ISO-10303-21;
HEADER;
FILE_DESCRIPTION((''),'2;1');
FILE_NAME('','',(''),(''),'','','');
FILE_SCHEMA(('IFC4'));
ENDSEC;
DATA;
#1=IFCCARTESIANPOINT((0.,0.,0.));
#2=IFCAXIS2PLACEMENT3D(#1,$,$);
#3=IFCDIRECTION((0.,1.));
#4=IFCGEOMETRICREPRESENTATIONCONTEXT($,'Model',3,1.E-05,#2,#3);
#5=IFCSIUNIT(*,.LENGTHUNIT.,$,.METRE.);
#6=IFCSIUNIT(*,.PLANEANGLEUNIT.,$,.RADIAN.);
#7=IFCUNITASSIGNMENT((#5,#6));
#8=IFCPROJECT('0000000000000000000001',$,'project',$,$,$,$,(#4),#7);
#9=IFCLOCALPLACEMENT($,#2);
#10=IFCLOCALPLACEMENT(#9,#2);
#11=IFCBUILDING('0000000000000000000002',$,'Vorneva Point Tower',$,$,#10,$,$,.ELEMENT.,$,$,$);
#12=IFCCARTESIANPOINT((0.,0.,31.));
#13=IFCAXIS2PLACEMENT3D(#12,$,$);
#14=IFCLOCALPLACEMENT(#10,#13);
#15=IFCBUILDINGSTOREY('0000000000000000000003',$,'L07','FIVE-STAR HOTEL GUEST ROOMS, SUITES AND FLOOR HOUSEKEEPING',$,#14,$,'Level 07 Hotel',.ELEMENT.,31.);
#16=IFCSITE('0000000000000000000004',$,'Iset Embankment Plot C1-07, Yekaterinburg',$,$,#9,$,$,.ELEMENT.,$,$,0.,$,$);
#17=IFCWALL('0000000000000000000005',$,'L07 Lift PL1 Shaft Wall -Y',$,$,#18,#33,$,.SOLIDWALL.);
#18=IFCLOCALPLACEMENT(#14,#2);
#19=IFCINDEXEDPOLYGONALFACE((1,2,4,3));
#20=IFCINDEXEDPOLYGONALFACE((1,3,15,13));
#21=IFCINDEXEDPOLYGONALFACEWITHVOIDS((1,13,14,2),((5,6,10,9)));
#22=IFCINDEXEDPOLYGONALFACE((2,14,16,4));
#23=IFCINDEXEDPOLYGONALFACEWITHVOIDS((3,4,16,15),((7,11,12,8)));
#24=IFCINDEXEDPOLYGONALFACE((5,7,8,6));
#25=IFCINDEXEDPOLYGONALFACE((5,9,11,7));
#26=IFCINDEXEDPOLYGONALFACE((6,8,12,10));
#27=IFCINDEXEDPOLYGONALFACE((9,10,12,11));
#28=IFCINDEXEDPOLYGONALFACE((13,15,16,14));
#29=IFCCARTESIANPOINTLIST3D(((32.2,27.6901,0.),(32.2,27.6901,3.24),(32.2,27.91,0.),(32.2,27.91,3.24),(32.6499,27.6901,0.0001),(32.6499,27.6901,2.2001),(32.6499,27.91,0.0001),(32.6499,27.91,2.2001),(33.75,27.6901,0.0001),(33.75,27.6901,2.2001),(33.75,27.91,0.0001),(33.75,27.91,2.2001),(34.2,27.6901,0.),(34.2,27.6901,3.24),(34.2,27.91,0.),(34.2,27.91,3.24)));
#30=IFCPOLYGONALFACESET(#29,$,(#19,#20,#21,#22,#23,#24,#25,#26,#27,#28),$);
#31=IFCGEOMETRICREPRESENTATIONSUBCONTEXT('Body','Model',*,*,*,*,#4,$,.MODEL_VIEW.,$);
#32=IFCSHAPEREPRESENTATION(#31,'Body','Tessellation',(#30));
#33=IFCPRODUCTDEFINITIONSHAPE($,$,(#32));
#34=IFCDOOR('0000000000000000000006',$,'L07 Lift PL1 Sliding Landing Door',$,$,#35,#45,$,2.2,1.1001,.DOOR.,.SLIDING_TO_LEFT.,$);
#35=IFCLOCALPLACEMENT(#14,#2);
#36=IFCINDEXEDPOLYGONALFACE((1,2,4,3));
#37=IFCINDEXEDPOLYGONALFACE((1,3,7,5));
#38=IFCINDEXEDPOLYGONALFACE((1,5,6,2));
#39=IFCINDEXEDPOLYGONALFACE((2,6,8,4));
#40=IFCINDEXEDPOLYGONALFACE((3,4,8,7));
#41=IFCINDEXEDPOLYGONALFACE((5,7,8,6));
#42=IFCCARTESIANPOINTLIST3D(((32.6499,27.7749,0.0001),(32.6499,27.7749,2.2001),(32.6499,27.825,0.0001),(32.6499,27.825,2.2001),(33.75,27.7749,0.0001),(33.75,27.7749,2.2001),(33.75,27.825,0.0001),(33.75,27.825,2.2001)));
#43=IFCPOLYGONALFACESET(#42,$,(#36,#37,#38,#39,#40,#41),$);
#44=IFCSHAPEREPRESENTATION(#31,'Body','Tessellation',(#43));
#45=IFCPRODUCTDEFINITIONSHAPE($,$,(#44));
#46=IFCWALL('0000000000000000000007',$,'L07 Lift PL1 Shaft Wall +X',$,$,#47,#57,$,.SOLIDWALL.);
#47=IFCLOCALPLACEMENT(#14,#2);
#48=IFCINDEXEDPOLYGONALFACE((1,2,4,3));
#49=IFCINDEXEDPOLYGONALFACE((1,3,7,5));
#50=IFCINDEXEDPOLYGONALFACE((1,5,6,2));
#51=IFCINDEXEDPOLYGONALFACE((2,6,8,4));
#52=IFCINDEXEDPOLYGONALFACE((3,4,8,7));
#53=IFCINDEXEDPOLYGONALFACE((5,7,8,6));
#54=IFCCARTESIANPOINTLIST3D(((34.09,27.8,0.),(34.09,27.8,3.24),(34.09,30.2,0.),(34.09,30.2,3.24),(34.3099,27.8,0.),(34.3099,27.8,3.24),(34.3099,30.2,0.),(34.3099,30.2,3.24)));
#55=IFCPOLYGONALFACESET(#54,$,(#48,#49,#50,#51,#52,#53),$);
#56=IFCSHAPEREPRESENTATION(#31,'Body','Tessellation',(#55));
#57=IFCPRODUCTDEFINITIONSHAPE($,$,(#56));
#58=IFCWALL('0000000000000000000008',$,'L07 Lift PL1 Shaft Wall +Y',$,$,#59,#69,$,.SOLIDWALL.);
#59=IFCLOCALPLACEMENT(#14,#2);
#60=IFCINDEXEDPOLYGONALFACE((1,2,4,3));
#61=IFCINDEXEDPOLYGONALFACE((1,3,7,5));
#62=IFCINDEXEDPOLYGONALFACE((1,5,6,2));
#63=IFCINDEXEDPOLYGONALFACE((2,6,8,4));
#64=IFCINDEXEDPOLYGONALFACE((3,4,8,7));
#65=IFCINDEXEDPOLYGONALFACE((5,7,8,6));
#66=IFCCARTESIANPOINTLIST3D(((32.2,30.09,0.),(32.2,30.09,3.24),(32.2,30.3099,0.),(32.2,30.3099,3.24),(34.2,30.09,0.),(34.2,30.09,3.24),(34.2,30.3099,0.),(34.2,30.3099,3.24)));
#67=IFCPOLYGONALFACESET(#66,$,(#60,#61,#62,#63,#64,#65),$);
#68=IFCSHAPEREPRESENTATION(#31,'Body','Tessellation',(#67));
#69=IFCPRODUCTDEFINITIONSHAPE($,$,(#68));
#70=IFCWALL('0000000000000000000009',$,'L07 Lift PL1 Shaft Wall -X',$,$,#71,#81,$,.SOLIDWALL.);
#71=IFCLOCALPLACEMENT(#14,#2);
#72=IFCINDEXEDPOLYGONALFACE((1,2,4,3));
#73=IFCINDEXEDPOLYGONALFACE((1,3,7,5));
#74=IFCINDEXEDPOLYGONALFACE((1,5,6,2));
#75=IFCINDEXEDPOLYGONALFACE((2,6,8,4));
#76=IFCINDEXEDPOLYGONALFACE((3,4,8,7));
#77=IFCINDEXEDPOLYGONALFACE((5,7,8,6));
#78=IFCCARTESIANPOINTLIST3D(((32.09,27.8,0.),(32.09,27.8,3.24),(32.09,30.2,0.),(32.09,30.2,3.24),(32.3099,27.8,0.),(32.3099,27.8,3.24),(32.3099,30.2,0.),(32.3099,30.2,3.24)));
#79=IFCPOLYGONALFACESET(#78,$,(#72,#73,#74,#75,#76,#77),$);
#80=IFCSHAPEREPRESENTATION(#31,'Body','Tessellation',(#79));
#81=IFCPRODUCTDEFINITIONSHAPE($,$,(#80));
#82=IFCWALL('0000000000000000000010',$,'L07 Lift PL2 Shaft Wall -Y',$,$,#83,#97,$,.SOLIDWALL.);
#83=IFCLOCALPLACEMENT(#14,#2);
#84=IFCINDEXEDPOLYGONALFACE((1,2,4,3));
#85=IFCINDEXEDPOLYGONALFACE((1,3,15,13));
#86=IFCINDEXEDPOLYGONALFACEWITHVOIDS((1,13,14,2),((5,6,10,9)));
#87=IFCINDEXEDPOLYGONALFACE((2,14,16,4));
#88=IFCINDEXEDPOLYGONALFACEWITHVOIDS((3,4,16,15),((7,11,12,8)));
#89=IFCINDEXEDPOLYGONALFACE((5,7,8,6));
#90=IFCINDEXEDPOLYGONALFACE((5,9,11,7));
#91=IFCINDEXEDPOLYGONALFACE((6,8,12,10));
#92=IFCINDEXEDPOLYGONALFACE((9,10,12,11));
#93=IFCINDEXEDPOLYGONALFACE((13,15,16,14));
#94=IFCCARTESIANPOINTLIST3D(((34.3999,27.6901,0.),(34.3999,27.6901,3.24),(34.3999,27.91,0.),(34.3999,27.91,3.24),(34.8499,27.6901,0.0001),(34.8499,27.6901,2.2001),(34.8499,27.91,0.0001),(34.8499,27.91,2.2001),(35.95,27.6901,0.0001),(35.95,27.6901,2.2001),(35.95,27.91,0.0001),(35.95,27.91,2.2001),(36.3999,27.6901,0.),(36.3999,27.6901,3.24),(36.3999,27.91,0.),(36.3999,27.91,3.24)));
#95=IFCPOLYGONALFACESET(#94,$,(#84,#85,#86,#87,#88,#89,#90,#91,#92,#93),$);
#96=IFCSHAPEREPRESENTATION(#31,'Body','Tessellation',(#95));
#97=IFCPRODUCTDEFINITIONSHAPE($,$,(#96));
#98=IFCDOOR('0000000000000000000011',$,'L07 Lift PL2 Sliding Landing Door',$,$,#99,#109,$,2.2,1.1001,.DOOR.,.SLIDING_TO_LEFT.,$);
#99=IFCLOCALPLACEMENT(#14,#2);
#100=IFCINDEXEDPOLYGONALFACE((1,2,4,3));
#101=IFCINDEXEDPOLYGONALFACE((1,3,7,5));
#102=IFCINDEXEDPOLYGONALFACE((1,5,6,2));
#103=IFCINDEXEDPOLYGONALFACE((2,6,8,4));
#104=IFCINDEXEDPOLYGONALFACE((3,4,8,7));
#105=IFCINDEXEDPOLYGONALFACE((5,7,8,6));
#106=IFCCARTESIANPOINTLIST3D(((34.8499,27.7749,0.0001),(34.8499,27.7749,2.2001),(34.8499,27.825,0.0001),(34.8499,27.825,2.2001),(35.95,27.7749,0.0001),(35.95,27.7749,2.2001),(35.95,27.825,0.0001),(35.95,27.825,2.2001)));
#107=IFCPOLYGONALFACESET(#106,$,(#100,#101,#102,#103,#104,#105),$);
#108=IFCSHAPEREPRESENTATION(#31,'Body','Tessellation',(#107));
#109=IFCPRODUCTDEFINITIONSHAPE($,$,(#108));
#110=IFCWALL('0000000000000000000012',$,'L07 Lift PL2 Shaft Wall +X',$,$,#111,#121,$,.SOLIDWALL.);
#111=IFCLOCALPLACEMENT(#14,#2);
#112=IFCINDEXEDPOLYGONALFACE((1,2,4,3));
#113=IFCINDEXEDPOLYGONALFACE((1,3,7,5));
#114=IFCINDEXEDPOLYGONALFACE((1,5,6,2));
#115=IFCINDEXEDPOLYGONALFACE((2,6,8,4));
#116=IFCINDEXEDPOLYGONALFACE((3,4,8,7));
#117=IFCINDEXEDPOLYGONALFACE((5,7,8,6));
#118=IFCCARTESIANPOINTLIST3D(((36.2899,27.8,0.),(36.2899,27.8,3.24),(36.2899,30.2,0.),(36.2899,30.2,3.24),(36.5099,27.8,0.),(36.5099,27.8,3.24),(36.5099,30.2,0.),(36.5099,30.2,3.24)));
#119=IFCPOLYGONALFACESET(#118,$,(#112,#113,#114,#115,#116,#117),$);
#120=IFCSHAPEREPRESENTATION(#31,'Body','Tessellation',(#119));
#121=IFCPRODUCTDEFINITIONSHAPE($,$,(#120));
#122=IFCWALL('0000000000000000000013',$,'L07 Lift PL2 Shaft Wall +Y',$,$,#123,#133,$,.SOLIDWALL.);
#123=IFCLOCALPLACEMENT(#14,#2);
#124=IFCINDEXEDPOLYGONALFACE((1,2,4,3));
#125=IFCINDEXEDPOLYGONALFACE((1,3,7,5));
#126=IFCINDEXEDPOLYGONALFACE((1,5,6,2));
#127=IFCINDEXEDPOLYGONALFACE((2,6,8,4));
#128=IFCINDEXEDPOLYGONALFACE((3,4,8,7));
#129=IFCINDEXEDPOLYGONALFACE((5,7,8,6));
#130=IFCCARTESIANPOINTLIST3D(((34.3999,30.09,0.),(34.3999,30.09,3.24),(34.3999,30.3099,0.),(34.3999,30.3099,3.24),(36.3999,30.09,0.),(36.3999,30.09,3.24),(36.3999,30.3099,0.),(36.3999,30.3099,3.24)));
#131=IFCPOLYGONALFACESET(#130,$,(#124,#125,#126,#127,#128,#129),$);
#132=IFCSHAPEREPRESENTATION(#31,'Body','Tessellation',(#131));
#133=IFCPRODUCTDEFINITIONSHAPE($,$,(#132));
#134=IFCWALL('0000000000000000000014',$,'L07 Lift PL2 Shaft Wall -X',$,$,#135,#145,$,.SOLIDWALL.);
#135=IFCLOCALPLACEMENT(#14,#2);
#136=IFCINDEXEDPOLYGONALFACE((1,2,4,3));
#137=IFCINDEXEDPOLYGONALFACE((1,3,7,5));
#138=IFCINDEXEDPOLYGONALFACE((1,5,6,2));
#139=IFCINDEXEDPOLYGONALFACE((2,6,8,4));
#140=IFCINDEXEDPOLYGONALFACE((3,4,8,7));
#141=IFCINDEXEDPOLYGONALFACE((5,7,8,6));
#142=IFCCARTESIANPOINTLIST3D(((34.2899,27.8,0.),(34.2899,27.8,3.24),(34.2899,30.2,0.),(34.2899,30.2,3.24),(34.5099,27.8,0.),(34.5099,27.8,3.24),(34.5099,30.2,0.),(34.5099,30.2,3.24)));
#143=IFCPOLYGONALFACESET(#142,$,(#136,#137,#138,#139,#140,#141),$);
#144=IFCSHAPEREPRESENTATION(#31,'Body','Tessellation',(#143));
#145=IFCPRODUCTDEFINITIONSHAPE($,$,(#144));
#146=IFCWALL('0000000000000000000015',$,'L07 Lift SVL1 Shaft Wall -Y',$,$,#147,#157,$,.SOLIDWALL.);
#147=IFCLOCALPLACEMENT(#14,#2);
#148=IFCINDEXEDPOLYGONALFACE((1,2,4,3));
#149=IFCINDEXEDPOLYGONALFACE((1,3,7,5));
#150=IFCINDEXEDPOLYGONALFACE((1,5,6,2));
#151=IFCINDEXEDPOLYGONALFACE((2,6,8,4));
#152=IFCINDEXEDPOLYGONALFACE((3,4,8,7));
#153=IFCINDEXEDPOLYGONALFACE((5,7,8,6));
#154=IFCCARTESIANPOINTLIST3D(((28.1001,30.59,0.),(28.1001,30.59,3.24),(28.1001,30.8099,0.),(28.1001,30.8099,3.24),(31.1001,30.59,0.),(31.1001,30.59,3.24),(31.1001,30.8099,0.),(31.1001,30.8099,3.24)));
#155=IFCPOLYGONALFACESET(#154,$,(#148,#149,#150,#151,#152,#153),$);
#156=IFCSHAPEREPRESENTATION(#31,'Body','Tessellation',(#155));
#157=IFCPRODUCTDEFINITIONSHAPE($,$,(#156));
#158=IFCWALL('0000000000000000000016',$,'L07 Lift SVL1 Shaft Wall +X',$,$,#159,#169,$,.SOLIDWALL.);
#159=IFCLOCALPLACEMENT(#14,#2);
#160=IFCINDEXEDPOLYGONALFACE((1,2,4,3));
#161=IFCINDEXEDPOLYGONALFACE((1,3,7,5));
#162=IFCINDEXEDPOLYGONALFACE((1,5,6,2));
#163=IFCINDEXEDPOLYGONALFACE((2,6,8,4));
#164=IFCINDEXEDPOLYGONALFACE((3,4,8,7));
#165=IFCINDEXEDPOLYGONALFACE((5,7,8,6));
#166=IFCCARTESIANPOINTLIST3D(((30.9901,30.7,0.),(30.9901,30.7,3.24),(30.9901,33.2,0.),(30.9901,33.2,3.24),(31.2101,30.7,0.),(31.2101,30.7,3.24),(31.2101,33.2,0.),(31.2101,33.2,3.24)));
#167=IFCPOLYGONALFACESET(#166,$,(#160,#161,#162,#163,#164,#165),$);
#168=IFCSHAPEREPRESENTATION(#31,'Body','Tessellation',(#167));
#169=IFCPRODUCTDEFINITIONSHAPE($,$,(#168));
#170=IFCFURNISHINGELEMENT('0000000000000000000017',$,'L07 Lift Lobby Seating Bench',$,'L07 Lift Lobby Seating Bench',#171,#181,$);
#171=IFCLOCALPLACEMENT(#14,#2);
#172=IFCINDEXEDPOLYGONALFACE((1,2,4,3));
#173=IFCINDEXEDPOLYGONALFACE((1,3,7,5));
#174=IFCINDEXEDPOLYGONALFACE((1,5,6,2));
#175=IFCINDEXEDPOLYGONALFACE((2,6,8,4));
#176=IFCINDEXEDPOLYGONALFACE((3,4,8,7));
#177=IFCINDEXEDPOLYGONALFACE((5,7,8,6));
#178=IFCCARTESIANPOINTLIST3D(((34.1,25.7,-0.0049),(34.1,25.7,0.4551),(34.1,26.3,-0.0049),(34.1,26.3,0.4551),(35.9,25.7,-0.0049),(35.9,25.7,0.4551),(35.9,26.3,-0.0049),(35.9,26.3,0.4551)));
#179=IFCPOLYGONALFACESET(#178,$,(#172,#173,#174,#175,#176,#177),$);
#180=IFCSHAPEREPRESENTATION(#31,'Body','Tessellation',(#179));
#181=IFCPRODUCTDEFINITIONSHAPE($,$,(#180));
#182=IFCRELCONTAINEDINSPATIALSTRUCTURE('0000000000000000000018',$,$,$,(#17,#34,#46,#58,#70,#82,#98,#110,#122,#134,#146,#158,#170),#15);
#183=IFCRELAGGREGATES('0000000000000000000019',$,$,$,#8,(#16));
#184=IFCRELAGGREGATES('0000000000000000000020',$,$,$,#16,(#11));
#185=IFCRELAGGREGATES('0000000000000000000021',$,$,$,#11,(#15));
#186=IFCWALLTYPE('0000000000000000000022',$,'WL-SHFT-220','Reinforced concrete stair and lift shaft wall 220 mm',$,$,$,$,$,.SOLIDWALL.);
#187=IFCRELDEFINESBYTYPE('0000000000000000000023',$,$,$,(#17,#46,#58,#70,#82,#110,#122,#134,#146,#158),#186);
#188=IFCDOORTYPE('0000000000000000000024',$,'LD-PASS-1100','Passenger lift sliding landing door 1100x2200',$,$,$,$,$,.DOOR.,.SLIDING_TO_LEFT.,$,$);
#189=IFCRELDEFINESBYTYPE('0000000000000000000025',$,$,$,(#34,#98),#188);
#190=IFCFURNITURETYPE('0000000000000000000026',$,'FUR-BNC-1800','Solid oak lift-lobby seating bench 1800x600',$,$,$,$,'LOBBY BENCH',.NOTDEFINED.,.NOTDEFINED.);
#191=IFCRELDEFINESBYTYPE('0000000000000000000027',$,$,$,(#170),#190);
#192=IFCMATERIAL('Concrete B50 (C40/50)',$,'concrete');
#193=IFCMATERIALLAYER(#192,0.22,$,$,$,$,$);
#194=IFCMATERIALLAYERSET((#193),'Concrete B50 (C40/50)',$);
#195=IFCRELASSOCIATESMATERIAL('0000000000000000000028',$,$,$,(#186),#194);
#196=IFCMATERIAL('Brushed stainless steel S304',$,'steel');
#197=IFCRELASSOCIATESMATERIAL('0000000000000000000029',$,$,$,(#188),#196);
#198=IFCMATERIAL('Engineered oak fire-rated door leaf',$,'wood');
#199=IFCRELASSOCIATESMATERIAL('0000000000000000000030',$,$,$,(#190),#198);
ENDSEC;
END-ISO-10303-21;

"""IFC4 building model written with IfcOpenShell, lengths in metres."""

from ifc_helpers import new_model, si_unit, direction, frame, frame_2d, origin, origin_2d, place, context, subcontext, project, spatial, rectangle, extrude, material, layer, layer_set, type_object, element, fill, save


model = new_model("IFC4")

# Units and contexts
model_context = context("Model", 3, precision=1e-05, world=origin(), true_north=direction((0.0, 1.0)))
body_context = subcontext(model_context, "Body", "Model", "MODEL_VIEW")
ifc_project = project(units=[si_unit("LENGTHUNIT", "METRE"), si_unit("PLANEANGLEUNIT", "RADIAN")], contexts=[model_context])

# Site, building, storey
site_placement = place(None, origin())
site = spatial("IfcSite", under=ifc_project, at=site_placement, Name="Iset Embankment Plot C1-07, Yekaterinburg", CompositionType="ELEMENT", RefElevation=0.0)
building_placement = place(site_placement, origin())
building = spatial("IfcBuilding", under=site, at=building_placement, Name="Vorneva Point Tower", CompositionType="ELEMENT")
storey_placement = place(building_placement, frame((0.0, 0.0, 31.0)))
storey = spatial("IfcBuildingStorey", under=building, at=storey_placement, Name="L07", Description="FIVE-STAR HOTEL GUEST ROOMS, SUITES AND FLOOR HOUSEKEEPING", LongName="Level 07 Hotel", CompositionType="ELEMENT", Elevation=31.0)

# Shared definitions
ifc_material_1 = material(Name="Brushed stainless steel S304", Category="steel")

# Wall, opening, door
ifc_material_2 = material(Name="Concrete B50 (C40/50)", Category="concrete")
ifc_layer_1 = layer(ifc_material_2, 0.22)
ifc_layer_set_1 = layer_set([ifc_layer_1], Name="Concrete B50 (C40/50)")
wall_type_1 = type_object("IfcWallType", Name="WL-SHFT-220", Description="Reinforced concrete stair and lift shaft wall 220 mm", PredefinedType="SOLIDWALL", material=ifc_layer_set_1)
wall_1_placement = place(storey_placement, frame((32.2, 27.8, 0.0), z_axis=(0.0, 0.0, 1.0), x_axis=(1.0, 0.0, 0.0)))
wall_1 = element("IfcWall", 1, at=wall_1_placement, inside=storey, type_object=wall_type_1, Name="L07 Lift PL1 Shaft Wall -Y", PredefinedType="SOLIDWALL", context=body_context, shape_type="SweptSolid", body=[
    extrude(rectangle(XDim=2.0, YDim=0.22, at=frame_2d((1.0, 0.0))), origin(), (0.0, 0.0, 1.0), 3.24),
])
opening_1_placement = place(wall_1_placement, frame((0.45, 0.0, 0.0)))
opening_1 = element("IfcOpeningElement", 2, at=opening_1_placement, cuts=wall_1, PredefinedType="OPENING", context=body_context, shape_type="SweptSolid", body=[
    extrude(rectangle(XDim=1.1001, YDim=2.2, at=frame_2d((0.55, 1.1001))), frame((0.0, 0.125, 0.0), z_axis=(0.0, -1.0, 0.0), x_axis=(1.0, 0.0, 0.0)), (0.0, 0.0, 1.0), 0.2498),
])
door_type_1 = type_object("IfcDoorType", Name="LD-PASS-1100", Description="Passenger lift sliding landing door 1100x2200", OperationType="SLIDING_TO_LEFT", PredefinedType="DOOR", material=ifc_material_1)
door_1_placement = place(opening_1_placement, origin())
door_1 = element("IfcDoor", 3, at=door_1_placement, inside=storey, type_object=door_type_1, Name="L07 Lift PL1 Sliding Landing Door", OperationType="SLIDING_TO_LEFT", OverallHeight=2.2, OverallWidth=1.1001, PredefinedType="DOOR", context=body_context, shape_type="SweptSolid", body=[
    extrude(rectangle(XDim=1.1001, YDim=2.2, at=frame_2d((0.55, 1.1001))), frame((0.0, 0.0249, 0.0), z_axis=(0.0, -1.0, 0.0), x_axis=(1.0, 0.0, 0.0)), (0.0, 0.0, 1.0), 0.05),
])
fill(opening_1, door_1)

# Walls
wall_2_placement = place(storey_placement, frame((34.2, 27.8, 0.0), z_axis=(0.0, 0.0, 1.0), x_axis=(0.0, 1.0, 0.0)))
element("IfcWall", 4, at=wall_2_placement, inside=storey, type_object=wall_type_1, Name="L07 Lift PL1 Shaft Wall +X", PredefinedType="SOLIDWALL", context=body_context, shape_type="SweptSolid", body=[
    extrude(rectangle(XDim=2.3999, YDim=0.22, at=frame_2d((1.2, 0.0))), origin(), (0.0, 0.0, 1.0), 3.24),
])
wall_3_placement = place(storey_placement, frame((34.2, 30.2, 0.0), z_axis=(0.0, 0.0, 1.0), x_axis=(-1.0, 0.0, 0.0)))
element("IfcWall", 5, at=wall_3_placement, inside=storey, type_object=wall_type_1, Name="L07 Lift PL1 Shaft Wall +Y", PredefinedType="SOLIDWALL", context=body_context, shape_type="SweptSolid", body=[
    extrude(rectangle(XDim=2.0, YDim=0.22, at=frame_2d((1.0, 0.0))), origin(), (0.0, 0.0, 1.0), 3.24),
])
wall_4_placement = place(storey_placement, frame((32.2, 30.2, 0.0), z_axis=(0.0, 0.0, 1.0), x_axis=(0.0, -1.0, 0.0)))
element("IfcWall", 6, at=wall_4_placement, inside=storey, type_object=wall_type_1, Name="L07 Lift PL1 Shaft Wall -X", PredefinedType="SOLIDWALL", context=body_context, shape_type="SweptSolid", body=[
    extrude(rectangle(XDim=2.3999, YDim=0.22, at=frame_2d((1.2, 0.0))), origin(), (0.0, 0.0, 1.0), 3.24),
])

# Wall, opening, door
wall_5_placement = place(storey_placement, frame((34.3999, 27.8, 0.0), z_axis=(0.0, 0.0, 1.0), x_axis=(1.0, 0.0, 0.0)))
wall_5 = element("IfcWall", 7, at=wall_5_placement, inside=storey, type_object=wall_type_1, Name="L07 Lift PL2 Shaft Wall -Y", PredefinedType="SOLIDWALL", context=body_context, shape_type="SweptSolid", body=[
    extrude(rectangle(XDim=2.0, YDim=0.22, at=frame_2d((1.0, 0.0))), origin(), (0.0, 0.0, 1.0), 3.24),
])
opening_2_placement = place(wall_5_placement, frame((0.45, 0.0, 0.0)))
opening_2 = element("IfcOpeningElement", 8, at=opening_2_placement, cuts=wall_5, PredefinedType="OPENING", context=body_context, shape_type="SweptSolid", body=[
    extrude(rectangle(XDim=1.1001, YDim=2.2, at=frame_2d((0.55, 1.1001))), frame((0.0, 0.125, 0.0), z_axis=(0.0, -1.0, 0.0), x_axis=(1.0, 0.0, 0.0)), (0.0, 0.0, 1.0), 0.2498),
])
door_2_placement = place(opening_2_placement, origin())
door_2 = element("IfcDoor", 9, at=door_2_placement, inside=storey, type_object=door_type_1, Name="L07 Lift PL2 Sliding Landing Door", OperationType="SLIDING_TO_LEFT", OverallHeight=2.2, OverallWidth=1.1001, PredefinedType="DOOR", context=body_context, shape_type="SweptSolid", body=[
    extrude(rectangle(XDim=1.1001, YDim=2.2, at=frame_2d((0.55, 1.1001))), frame((0.0, 0.0249, 0.0), z_axis=(0.0, -1.0, 0.0), x_axis=(1.0, 0.0, 0.0)), (0.0, 0.0, 1.0), 0.05),
])
fill(opening_2, door_2)

# Walls
wall_6_placement = place(storey_placement, frame((36.3999, 27.8, 0.0), z_axis=(0.0, 0.0, 1.0), x_axis=(0.0, 1.0, 0.0)))
element("IfcWall", 10, at=wall_6_placement, inside=storey, type_object=wall_type_1, Name="L07 Lift PL2 Shaft Wall +X", PredefinedType="SOLIDWALL", context=body_context, shape_type="SweptSolid", body=[
    extrude(rectangle(XDim=2.3999, YDim=0.22, at=frame_2d((1.2, 0.0))), origin(), (0.0, 0.0, 1.0), 3.24),
])
wall_7_placement = place(storey_placement, frame((36.3999, 30.2, 0.0), z_axis=(0.0, 0.0, 1.0), x_axis=(-1.0, 0.0, 0.0)))
element("IfcWall", 11, at=wall_7_placement, inside=storey, type_object=wall_type_1, Name="L07 Lift PL2 Shaft Wall +Y", PredefinedType="SOLIDWALL", context=body_context, shape_type="SweptSolid", body=[
    extrude(rectangle(XDim=2.0, YDim=0.22, at=frame_2d((1.0, 0.0))), origin(), (0.0, 0.0, 1.0), 3.24),
])
wall_8_placement = place(storey_placement, frame((34.3999, 30.2, 0.0), z_axis=(0.0, 0.0, 1.0), x_axis=(0.0, -1.0, 0.0)))
element("IfcWall", 12, at=wall_8_placement, inside=storey, type_object=wall_type_1, Name="L07 Lift PL2 Shaft Wall -X", PredefinedType="SOLIDWALL", context=body_context, shape_type="SweptSolid", body=[
    extrude(rectangle(XDim=2.3999, YDim=0.22, at=frame_2d((1.2, 0.0))), origin(), (0.0, 0.0, 1.0), 3.24),
])
wall_9_placement = place(storey_placement, frame((28.1001, 30.7, 0.0), z_axis=(0.0, 0.0, 1.0), x_axis=(1.0, 0.0, 0.0)))
element("IfcWall", 13, at=wall_9_placement, inside=storey, type_object=wall_type_1, Name="L07 Lift SVL1 Shaft Wall -Y", PredefinedType="SOLIDWALL", context=body_context, shape_type="SweptSolid", body=[
    extrude(rectangle(XDim=3.0, YDim=0.22, at=frame_2d((1.5, 0.0))), origin(), (0.0, 0.0, 1.0), 3.24),
])
wall_10_placement = place(storey_placement, frame((31.1001, 30.7, 0.0), z_axis=(0.0, 0.0, 1.0), x_axis=(0.0, 1.0, 0.0)))
element("IfcWall", 14, at=wall_10_placement, inside=storey, type_object=wall_type_1, Name="L07 Lift SVL1 Shaft Wall +X", PredefinedType="SOLIDWALL", context=body_context, shape_type="SweptSolid", body=[
    extrude(rectangle(XDim=2.5, YDim=0.22, at=frame_2d((1.25, 0.0))), origin(), (0.0, 0.0, 1.0), 3.24),
])

# Furnishing element
ifc_material_3 = material(Name="Engineered oak fire-rated door leaf", Category="wood")
furniture_type_1 = type_object("IfcFurnitureType", Name="FUR-BNC-1800", Description="Solid oak lift-lobby seating bench 1800x600", ElementType="LOBBY BENCH", AssemblyPlace="NOTDEFINED", PredefinedType="NOTDEFINED", material=ifc_material_3)
furnishing_1_placement = place(storey_placement, frame((35.0, 26.0, -0.0049), z_axis=(0.0, 0.0, 1.0), x_axis=(1.0, 0.0, 0.0)))
element("IfcFurnishingElement", 15, at=furnishing_1_placement, inside=storey, type_object=furniture_type_1, Name="L07 Lift Lobby Seating Bench", ObjectType="L07 Lift Lobby Seating Bench", context=body_context, shape_type="SweptSolid", body=[
    extrude(rectangle(XDim=1.8, YDim=0.6001, at=origin_2d()), origin(), (0.0, 0.0, 1.0), 0.46),
])

save(model, "model.ifc")
